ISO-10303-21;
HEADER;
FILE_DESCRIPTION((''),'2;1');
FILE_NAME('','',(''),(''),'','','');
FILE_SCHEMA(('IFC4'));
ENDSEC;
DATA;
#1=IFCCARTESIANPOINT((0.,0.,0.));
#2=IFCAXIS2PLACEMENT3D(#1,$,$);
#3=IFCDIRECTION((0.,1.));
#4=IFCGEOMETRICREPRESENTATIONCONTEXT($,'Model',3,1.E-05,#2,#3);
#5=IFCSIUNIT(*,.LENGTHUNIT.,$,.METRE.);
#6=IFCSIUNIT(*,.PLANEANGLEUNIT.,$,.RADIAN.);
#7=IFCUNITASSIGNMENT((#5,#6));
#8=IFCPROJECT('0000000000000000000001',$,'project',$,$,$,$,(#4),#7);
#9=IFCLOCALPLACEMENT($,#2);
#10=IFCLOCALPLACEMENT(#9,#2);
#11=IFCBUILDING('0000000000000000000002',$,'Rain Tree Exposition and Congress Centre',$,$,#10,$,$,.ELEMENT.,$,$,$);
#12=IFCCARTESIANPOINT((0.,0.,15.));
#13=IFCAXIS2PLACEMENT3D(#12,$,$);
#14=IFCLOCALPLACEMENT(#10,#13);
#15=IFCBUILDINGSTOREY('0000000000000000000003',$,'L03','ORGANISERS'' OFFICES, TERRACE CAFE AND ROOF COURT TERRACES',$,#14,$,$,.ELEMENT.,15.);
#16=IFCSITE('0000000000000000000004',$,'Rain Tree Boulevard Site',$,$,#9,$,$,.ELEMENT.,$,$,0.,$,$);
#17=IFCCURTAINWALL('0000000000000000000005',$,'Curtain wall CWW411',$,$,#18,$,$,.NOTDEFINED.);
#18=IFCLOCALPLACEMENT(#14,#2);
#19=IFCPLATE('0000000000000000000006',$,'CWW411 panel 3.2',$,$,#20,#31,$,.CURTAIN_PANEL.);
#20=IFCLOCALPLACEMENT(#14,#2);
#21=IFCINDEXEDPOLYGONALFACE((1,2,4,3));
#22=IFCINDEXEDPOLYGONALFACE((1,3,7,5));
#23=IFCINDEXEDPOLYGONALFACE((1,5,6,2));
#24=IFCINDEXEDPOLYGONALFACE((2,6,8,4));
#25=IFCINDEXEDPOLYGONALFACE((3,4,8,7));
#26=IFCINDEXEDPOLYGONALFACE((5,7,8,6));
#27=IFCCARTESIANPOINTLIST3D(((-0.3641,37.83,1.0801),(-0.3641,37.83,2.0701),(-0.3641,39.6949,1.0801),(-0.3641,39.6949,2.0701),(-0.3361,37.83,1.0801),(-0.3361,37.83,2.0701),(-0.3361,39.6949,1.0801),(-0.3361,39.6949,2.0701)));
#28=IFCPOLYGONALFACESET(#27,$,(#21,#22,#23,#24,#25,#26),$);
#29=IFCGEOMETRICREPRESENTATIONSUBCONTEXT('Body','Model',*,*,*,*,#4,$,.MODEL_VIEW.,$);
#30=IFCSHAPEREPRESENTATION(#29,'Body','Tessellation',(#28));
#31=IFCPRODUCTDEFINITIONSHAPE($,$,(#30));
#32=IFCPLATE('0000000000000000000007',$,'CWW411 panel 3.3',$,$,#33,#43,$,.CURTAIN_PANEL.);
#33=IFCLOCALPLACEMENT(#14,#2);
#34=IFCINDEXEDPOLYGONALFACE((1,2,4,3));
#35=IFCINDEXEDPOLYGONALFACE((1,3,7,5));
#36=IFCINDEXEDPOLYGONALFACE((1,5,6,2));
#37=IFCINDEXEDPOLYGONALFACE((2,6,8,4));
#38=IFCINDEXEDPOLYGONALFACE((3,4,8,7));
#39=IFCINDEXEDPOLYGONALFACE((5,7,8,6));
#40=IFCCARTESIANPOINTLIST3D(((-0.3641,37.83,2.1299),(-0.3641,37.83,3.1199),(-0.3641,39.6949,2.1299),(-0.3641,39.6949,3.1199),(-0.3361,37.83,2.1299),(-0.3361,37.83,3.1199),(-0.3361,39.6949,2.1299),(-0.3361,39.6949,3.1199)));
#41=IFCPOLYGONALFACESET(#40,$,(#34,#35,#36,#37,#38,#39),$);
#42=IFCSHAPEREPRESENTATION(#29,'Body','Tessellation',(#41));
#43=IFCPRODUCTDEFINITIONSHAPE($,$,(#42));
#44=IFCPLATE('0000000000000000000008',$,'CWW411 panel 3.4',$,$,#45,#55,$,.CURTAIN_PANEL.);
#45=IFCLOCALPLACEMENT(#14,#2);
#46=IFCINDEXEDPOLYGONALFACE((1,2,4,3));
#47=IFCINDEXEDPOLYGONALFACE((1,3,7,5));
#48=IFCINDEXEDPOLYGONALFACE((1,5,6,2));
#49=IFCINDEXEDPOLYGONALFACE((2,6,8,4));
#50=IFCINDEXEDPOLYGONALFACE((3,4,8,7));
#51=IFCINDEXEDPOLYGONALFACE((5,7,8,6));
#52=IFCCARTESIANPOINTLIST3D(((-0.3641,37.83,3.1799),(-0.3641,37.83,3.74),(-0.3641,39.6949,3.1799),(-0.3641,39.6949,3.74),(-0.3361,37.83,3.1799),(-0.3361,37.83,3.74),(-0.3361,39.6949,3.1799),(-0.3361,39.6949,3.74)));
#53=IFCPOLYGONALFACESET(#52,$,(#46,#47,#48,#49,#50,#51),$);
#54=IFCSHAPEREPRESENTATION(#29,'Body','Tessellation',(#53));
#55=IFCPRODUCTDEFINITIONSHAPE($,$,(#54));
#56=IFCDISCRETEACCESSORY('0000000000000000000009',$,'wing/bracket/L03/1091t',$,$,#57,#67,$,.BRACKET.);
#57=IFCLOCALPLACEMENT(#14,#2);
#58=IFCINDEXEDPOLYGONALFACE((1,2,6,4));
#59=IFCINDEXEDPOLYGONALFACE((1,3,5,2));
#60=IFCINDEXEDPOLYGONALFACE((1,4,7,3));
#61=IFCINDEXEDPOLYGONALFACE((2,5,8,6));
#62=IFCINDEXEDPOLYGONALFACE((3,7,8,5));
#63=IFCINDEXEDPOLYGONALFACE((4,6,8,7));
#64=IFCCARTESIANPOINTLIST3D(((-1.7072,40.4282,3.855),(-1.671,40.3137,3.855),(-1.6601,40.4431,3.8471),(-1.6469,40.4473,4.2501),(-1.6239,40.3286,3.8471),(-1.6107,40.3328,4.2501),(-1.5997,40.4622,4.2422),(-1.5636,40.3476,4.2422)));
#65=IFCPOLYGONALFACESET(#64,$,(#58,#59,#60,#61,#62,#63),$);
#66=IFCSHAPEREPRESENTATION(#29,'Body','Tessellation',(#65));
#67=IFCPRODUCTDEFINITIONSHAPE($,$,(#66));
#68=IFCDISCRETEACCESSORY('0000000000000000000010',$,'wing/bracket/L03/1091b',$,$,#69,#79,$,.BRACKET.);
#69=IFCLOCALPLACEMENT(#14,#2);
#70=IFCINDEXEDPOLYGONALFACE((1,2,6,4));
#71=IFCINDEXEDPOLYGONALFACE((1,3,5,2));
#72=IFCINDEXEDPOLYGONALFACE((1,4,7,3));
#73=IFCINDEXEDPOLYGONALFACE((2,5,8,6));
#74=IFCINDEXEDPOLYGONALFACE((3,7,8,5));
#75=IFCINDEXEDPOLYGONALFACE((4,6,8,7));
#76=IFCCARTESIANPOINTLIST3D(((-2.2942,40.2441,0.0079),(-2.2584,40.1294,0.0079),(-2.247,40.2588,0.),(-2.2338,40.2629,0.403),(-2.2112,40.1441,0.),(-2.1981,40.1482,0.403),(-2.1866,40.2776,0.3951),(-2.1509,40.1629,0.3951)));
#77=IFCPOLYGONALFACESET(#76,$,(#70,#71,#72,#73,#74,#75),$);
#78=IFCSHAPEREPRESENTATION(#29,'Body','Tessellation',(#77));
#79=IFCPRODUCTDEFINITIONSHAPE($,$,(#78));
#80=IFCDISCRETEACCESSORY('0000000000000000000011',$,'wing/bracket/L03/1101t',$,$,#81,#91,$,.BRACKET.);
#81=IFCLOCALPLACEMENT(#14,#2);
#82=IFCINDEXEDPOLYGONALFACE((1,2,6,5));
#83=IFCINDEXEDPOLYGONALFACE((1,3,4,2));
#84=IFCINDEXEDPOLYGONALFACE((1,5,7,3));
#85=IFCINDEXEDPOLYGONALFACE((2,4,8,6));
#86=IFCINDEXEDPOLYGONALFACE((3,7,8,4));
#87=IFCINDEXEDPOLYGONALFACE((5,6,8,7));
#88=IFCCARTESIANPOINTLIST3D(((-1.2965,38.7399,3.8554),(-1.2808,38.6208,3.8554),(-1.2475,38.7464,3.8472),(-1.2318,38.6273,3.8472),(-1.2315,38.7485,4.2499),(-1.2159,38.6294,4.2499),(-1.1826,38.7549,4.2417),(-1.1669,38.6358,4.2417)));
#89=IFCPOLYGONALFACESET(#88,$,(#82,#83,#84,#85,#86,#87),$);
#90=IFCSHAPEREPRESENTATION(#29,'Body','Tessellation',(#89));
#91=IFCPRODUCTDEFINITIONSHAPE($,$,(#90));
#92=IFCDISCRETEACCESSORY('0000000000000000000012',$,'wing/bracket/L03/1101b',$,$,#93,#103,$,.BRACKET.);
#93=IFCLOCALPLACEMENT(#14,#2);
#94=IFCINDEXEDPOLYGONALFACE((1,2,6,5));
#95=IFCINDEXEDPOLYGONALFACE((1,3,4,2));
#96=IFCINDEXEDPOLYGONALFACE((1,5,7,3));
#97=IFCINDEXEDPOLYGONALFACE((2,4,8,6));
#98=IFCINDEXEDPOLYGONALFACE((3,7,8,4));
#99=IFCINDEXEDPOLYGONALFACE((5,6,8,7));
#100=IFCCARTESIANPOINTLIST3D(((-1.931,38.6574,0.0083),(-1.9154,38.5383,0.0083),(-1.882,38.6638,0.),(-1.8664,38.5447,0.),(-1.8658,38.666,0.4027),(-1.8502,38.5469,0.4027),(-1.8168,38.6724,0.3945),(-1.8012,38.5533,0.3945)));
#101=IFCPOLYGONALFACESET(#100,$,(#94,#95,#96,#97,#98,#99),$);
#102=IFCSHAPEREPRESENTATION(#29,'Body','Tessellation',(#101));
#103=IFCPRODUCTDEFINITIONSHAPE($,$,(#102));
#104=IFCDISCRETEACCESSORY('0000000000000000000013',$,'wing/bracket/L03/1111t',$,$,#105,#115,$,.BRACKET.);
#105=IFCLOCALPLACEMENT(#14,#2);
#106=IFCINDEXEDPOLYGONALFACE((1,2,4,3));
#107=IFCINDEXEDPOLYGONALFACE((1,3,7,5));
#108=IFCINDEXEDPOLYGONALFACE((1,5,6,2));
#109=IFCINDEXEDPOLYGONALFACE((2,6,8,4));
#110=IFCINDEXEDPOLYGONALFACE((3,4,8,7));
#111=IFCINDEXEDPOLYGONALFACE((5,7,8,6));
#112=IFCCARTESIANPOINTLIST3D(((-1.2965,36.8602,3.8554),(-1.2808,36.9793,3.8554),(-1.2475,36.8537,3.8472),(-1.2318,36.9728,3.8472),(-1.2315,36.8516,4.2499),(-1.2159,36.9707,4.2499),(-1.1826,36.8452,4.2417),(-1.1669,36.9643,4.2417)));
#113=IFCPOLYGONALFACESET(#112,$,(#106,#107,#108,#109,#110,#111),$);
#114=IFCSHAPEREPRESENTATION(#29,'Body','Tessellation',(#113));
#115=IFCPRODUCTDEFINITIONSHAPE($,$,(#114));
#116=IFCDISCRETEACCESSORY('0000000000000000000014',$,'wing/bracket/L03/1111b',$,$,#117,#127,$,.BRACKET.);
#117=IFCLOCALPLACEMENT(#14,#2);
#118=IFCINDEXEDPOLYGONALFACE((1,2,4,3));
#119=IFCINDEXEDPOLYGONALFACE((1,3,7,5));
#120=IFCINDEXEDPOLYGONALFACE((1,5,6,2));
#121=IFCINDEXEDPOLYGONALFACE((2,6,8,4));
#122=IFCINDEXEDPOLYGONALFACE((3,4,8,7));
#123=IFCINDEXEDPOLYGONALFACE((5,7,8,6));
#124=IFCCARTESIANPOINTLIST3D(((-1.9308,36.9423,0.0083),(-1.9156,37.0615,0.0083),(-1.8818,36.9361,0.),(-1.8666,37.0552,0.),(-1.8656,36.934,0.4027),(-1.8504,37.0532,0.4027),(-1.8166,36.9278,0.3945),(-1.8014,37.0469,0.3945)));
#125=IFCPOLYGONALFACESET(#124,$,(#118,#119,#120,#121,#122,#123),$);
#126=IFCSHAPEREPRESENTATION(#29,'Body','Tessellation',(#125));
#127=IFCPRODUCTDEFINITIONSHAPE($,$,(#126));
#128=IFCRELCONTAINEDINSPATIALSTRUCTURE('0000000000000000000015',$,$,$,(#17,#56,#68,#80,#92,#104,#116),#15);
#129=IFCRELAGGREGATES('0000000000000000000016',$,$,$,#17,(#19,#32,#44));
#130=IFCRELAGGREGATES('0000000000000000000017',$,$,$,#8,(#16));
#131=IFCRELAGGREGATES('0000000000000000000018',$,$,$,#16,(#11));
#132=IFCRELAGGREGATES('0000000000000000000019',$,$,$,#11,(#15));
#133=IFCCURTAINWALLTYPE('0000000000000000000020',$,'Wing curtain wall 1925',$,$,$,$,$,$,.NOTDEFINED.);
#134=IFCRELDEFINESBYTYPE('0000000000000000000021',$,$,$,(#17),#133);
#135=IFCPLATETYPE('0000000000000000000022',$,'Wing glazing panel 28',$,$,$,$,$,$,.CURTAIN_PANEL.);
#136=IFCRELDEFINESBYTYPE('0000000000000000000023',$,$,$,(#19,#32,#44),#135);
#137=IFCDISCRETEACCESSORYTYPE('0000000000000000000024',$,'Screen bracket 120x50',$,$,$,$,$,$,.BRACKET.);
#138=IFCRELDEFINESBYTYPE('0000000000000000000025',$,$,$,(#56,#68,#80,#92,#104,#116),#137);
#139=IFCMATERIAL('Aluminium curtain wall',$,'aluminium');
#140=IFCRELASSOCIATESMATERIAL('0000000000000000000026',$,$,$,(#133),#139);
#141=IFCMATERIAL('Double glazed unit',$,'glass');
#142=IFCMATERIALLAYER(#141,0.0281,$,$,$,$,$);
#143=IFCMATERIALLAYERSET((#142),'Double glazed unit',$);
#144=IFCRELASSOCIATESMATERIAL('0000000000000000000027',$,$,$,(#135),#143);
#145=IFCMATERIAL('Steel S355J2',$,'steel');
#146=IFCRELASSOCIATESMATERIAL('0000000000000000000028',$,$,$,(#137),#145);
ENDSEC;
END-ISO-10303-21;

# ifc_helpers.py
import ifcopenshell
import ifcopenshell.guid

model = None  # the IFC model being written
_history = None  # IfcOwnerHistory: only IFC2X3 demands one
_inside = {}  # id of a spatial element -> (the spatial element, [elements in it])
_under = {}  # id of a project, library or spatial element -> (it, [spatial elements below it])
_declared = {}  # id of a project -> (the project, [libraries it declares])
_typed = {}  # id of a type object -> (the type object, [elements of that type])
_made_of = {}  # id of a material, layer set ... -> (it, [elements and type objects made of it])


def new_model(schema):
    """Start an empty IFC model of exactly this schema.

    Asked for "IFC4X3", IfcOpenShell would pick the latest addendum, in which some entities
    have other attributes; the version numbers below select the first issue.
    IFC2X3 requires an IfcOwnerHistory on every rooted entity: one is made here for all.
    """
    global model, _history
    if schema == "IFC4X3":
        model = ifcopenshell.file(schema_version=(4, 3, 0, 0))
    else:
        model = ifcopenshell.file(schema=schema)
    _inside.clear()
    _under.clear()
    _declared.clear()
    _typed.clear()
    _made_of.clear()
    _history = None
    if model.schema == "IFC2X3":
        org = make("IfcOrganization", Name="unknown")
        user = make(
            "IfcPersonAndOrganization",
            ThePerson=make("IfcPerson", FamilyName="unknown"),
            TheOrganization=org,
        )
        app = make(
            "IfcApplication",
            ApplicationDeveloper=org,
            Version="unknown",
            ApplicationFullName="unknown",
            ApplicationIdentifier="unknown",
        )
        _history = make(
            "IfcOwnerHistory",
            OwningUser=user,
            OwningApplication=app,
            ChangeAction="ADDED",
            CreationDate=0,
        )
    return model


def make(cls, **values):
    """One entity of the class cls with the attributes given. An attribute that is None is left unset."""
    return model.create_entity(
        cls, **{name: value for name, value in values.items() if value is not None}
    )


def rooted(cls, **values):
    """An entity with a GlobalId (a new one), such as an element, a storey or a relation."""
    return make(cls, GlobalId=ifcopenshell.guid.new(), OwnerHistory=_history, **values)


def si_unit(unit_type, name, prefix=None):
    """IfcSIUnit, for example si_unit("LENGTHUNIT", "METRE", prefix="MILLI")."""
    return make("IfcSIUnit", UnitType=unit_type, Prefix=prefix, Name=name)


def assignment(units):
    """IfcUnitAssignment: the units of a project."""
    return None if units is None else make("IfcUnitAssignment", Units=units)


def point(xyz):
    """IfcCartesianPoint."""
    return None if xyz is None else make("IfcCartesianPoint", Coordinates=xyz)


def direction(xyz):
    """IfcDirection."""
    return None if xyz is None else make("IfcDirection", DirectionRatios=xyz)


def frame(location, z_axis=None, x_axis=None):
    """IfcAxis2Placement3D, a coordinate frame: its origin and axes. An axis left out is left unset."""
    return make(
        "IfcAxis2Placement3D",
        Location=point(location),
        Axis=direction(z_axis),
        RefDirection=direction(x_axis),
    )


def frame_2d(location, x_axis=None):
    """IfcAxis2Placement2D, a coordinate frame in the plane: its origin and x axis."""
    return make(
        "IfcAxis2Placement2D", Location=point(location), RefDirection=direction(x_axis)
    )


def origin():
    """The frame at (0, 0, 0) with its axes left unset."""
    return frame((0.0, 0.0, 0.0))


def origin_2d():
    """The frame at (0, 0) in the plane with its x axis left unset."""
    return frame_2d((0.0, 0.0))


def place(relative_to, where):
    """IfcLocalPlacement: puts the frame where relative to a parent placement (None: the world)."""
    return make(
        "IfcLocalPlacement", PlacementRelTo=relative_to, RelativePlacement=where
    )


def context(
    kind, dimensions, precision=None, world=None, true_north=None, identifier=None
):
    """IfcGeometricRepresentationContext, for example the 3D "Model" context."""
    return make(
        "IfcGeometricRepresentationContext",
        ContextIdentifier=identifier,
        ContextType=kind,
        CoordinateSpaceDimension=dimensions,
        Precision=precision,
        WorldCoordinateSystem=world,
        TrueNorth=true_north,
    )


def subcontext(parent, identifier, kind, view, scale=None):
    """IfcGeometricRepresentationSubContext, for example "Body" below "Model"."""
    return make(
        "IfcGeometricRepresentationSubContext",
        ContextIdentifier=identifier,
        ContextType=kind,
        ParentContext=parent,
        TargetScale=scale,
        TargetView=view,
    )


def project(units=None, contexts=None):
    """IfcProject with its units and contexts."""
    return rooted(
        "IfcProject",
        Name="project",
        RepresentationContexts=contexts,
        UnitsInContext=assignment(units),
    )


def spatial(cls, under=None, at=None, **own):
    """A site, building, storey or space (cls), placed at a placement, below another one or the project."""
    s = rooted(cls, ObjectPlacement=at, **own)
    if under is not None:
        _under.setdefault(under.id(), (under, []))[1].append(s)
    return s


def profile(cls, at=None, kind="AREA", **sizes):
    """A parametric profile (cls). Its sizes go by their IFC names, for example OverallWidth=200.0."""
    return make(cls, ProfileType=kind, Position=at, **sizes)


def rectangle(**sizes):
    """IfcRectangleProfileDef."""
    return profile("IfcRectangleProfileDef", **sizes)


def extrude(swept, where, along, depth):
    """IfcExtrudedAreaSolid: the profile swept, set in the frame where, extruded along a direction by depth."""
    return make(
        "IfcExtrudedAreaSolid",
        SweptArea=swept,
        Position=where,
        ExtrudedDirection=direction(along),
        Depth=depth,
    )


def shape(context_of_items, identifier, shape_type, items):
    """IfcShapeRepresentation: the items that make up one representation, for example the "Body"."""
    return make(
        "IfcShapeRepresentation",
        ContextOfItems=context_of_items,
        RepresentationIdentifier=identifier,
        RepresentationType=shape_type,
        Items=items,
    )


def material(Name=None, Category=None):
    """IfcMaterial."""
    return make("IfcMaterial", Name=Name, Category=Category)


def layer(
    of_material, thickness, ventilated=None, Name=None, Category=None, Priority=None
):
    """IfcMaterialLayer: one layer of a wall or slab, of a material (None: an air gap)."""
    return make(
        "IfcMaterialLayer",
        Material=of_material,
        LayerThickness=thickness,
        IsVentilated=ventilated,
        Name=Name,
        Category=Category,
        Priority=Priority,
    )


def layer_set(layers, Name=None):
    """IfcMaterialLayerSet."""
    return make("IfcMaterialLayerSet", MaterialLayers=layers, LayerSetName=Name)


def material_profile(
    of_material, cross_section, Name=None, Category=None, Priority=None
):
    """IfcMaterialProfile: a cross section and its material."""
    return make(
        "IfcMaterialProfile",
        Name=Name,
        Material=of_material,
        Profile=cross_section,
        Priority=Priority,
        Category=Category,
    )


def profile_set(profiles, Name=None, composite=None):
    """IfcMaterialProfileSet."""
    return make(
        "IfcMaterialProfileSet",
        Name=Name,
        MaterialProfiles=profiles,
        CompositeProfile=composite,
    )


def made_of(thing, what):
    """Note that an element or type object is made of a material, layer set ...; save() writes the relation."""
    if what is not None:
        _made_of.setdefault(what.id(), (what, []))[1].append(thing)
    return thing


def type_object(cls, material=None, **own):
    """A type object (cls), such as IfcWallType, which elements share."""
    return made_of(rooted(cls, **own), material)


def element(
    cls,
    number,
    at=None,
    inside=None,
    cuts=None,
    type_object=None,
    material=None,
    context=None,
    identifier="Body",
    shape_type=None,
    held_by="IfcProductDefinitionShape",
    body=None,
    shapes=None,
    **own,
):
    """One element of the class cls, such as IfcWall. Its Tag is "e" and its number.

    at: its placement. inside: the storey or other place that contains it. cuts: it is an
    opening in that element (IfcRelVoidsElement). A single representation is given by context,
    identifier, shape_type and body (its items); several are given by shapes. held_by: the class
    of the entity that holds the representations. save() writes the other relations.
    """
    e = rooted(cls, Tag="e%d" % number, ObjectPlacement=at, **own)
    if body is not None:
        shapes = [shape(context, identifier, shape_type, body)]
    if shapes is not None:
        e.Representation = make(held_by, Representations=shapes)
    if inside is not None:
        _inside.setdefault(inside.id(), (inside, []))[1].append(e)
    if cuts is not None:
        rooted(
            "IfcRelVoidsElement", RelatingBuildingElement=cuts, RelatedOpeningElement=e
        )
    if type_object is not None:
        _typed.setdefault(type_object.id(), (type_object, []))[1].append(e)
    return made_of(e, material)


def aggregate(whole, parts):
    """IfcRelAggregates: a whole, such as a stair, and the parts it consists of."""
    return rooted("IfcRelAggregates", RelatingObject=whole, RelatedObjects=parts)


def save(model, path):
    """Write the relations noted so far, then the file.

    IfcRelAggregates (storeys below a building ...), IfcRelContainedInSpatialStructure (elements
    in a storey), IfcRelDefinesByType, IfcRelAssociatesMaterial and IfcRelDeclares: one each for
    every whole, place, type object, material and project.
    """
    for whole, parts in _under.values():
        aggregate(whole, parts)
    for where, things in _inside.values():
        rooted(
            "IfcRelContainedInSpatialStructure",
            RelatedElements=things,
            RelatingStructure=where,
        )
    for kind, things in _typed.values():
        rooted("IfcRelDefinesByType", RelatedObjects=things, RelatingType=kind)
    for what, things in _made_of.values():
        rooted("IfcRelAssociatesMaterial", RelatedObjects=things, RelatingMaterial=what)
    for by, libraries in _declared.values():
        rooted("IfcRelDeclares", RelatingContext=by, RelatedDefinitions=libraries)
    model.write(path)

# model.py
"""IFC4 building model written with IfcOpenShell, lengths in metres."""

from ifc_helpers import new_model, si_unit, direction, frame, origin, origin_2d, place, context, subcontext, project, spatial, rectangle, extrude, material, layer, layer_set, material_profile, profile_set, type_object, element, aggregate, save


model = new_model("IFC4")

# Units and contexts
model_context = context("Model", 3, precision=1e-05, world=origin(), true_north=direction((0.0, 1.0)))
body_context = subcontext(model_context, "Body", "Model", "MODEL_VIEW")
ifc_project = project(units=[si_unit("LENGTHUNIT", "METRE"), si_unit("PLANEANGLEUNIT", "RADIAN")], contexts=[model_context])

# Site, building, storey
site_placement = place(None, origin())
site = spatial("IfcSite", under=ifc_project, at=site_placement, Name="Rain Tree Boulevard Site", CompositionType="ELEMENT", RefElevation=0.0)
building_placement = place(site_placement, origin())
building = spatial("IfcBuilding", under=site, at=building_placement, Name="Rain Tree Exposition and Congress Centre", CompositionType="ELEMENT")
storey_placement = place(building_placement, frame((0.0, 0.0, 15.0)))
storey = spatial("IfcBuildingStorey", under=building, at=storey_placement, Name="L03", Description="ORGANISERS' OFFICES, TERRACE CAFE AND ROOF COURT TERRACES", CompositionType="ELEMENT", Elevation=15.0)

# Curtain wall, plates
ifc_material_1 = material(Name="Aluminium curtain wall", Category="aluminium")
curtain_wall_type = type_object("IfcCurtainWallType", Name="Wing curtain wall 1925", PredefinedType="NOTDEFINED", material=ifc_material_1)
curtain_wall_placement = place(storey_placement, origin())
curtain_wall = element("IfcCurtainWall", 1, at=curtain_wall_placement, inside=storey, type_object=curtain_wall_type, Name="Curtain wall CWW411", PredefinedType="NOTDEFINED")
ifc_material_2 = material(Name="Double glazed unit", Category="glass")
ifc_layer_1 = layer(ifc_material_2, 0.0281)
ifc_layer_set_1 = layer_set([ifc_layer_1], Name="Double glazed unit")
plate_type = type_object("IfcPlateType", Name="Wing glazing panel 28", PredefinedType="CURTAIN_PANEL", material=ifc_layer_set_1)
plate_1_placement = place(storey_placement, frame((-0.3501, 38.7625, 1.0801), z_axis=(0.0, 0.0, 1.0), x_axis=(0.0, 1.0, 0.0)))
plate_1 = element("IfcPlate", 2, at=plate_1_placement, type_object=plate_type, Name="CWW411 panel 3.2", PredefinedType="CURTAIN_PANEL", context=body_context, shape_type="SweptSolid", body=[
    extrude(rectangle(XDim=1.865, YDim=0.0281, at=origin_2d()), origin(), (0.0, 0.0, 1.0), 0.99),
])
plate_2_placement = place(storey_placement, frame((-0.3501, 38.7625, 2.1299), z_axis=(0.0, 0.0, 1.0), x_axis=(0.0, 1.0, 0.0)))
plate_2 = element("IfcPlate", 3, at=plate_2_placement, type_object=plate_type, Name="CWW411 panel 3.3", PredefinedType="CURTAIN_PANEL", context=body_context, shape_type="SweptSolid", body=[
    extrude(rectangle(XDim=1.865, YDim=0.0281, at=origin_2d()), origin(), (0.0, 0.0, 1.0), 0.99),
])
plate_3_placement = place(storey_placement, frame((-0.3501, 38.7625, 3.1799), z_axis=(0.0, 0.0, 1.0), x_axis=(0.0, 1.0, 0.0)))
plate_3 = element("IfcPlate", 4, at=plate_3_placement, type_object=plate_type, Name="CWW411 panel 3.4", PredefinedType="CURTAIN_PANEL", context=body_context, shape_type="SweptSolid", body=[
    extrude(rectangle(XDim=1.865, YDim=0.0281, at=origin_2d()), origin(), (0.0, 0.0, 1.0), 0.5601),
])
aggregate(curtain_wall, [plate_1, plate_2, plate_3])

# Discrete accessories
ifc_material_3 = material(Name="Steel S355J2", Category="steel")
ifc_material_profile_1 = material_profile(ifc_material_3, rectangle(XDim=0.1201, YDim=0.05, at=origin_2d()), Name="Flat bar 120x50")
ifc_profile_set_1 = profile_set([ifc_material_profile_1], Name="Steel S355J2")
discrete_accessory_type = type_object("IfcDiscreteAccessoryType", Name="Screen bracket 120x50", PredefinedType="BRACKET", material=ifc_profile_set_1)
for number, where, z_axis, x_axis, name in (
    (5, (-1.6655, 40.3784, 3.8511), (0.150738, 0.047602, 0.987427), (-0.301131, 0.953583, 0.0), "wing/bracket/L03/1091t"),
    (6, (-2.2527, 40.1941, 0.0039), (0.150743, 0.046993, 0.987456), (-0.297615, 0.954686, 0.0), "wing/bracket/L03/1091b"),
):
    element("IfcDiscreteAccessory", number, at=place(storey_placement, frame(where, z_axis=z_axis, x_axis=x_axis)), inside=storey, type_object=discrete_accessory_type, Name=name, PredefinedType="BRACKET", context=body_context, shape_type="SweptSolid", body=[
        extrude(rectangle(XDim=0.1201, YDim=0.05, at=origin_2d()), origin(), (0.0, 0.0, 1.0), 0.4001),
    ])
for number, where, z_axis, x_axis, name in (
    (7, (-1.2642, 38.6836, 3.8513), (0.162381, 0.021366, 0.986497), (-0.130455, 0.991454, 0.0), "wing/bracket/L03/1101t"),
    (8, (-1.8987, 38.6011, 0.0042), (0.162976, 0.021364, 0.986399), (-0.129974, 0.991517, 0.0), "wing/bracket/L03/1101b"),
    (9, (-1.2642, 36.9165, 3.8513), (0.162381, -0.021366, 0.986497), (0.130455, 0.991454, 0.0), "wing/bracket/L03/1111t"),
    (10, (-1.8987, 36.9988, 0.0042), (0.162978, -0.020754, 0.986411), (0.126321, 0.991989, 0.0), "wing/bracket/L03/1111b"),
):
    element("IfcDiscreteAccessory", number, at=place(storey_placement, frame(where, z_axis=z_axis, x_axis=x_axis)), inside=storey, type_object=discrete_accessory_type, Name=name, PredefinedType="BRACKET", context=body_context, shape_type="SweptSolid", body=[
        extrude(rectangle(XDim=0.1201, YDim=0.05, at=origin_2d()), origin(), (0.0, 0.0, 1.0), 0.3999),
    ])

save(model, "model.ifc")
